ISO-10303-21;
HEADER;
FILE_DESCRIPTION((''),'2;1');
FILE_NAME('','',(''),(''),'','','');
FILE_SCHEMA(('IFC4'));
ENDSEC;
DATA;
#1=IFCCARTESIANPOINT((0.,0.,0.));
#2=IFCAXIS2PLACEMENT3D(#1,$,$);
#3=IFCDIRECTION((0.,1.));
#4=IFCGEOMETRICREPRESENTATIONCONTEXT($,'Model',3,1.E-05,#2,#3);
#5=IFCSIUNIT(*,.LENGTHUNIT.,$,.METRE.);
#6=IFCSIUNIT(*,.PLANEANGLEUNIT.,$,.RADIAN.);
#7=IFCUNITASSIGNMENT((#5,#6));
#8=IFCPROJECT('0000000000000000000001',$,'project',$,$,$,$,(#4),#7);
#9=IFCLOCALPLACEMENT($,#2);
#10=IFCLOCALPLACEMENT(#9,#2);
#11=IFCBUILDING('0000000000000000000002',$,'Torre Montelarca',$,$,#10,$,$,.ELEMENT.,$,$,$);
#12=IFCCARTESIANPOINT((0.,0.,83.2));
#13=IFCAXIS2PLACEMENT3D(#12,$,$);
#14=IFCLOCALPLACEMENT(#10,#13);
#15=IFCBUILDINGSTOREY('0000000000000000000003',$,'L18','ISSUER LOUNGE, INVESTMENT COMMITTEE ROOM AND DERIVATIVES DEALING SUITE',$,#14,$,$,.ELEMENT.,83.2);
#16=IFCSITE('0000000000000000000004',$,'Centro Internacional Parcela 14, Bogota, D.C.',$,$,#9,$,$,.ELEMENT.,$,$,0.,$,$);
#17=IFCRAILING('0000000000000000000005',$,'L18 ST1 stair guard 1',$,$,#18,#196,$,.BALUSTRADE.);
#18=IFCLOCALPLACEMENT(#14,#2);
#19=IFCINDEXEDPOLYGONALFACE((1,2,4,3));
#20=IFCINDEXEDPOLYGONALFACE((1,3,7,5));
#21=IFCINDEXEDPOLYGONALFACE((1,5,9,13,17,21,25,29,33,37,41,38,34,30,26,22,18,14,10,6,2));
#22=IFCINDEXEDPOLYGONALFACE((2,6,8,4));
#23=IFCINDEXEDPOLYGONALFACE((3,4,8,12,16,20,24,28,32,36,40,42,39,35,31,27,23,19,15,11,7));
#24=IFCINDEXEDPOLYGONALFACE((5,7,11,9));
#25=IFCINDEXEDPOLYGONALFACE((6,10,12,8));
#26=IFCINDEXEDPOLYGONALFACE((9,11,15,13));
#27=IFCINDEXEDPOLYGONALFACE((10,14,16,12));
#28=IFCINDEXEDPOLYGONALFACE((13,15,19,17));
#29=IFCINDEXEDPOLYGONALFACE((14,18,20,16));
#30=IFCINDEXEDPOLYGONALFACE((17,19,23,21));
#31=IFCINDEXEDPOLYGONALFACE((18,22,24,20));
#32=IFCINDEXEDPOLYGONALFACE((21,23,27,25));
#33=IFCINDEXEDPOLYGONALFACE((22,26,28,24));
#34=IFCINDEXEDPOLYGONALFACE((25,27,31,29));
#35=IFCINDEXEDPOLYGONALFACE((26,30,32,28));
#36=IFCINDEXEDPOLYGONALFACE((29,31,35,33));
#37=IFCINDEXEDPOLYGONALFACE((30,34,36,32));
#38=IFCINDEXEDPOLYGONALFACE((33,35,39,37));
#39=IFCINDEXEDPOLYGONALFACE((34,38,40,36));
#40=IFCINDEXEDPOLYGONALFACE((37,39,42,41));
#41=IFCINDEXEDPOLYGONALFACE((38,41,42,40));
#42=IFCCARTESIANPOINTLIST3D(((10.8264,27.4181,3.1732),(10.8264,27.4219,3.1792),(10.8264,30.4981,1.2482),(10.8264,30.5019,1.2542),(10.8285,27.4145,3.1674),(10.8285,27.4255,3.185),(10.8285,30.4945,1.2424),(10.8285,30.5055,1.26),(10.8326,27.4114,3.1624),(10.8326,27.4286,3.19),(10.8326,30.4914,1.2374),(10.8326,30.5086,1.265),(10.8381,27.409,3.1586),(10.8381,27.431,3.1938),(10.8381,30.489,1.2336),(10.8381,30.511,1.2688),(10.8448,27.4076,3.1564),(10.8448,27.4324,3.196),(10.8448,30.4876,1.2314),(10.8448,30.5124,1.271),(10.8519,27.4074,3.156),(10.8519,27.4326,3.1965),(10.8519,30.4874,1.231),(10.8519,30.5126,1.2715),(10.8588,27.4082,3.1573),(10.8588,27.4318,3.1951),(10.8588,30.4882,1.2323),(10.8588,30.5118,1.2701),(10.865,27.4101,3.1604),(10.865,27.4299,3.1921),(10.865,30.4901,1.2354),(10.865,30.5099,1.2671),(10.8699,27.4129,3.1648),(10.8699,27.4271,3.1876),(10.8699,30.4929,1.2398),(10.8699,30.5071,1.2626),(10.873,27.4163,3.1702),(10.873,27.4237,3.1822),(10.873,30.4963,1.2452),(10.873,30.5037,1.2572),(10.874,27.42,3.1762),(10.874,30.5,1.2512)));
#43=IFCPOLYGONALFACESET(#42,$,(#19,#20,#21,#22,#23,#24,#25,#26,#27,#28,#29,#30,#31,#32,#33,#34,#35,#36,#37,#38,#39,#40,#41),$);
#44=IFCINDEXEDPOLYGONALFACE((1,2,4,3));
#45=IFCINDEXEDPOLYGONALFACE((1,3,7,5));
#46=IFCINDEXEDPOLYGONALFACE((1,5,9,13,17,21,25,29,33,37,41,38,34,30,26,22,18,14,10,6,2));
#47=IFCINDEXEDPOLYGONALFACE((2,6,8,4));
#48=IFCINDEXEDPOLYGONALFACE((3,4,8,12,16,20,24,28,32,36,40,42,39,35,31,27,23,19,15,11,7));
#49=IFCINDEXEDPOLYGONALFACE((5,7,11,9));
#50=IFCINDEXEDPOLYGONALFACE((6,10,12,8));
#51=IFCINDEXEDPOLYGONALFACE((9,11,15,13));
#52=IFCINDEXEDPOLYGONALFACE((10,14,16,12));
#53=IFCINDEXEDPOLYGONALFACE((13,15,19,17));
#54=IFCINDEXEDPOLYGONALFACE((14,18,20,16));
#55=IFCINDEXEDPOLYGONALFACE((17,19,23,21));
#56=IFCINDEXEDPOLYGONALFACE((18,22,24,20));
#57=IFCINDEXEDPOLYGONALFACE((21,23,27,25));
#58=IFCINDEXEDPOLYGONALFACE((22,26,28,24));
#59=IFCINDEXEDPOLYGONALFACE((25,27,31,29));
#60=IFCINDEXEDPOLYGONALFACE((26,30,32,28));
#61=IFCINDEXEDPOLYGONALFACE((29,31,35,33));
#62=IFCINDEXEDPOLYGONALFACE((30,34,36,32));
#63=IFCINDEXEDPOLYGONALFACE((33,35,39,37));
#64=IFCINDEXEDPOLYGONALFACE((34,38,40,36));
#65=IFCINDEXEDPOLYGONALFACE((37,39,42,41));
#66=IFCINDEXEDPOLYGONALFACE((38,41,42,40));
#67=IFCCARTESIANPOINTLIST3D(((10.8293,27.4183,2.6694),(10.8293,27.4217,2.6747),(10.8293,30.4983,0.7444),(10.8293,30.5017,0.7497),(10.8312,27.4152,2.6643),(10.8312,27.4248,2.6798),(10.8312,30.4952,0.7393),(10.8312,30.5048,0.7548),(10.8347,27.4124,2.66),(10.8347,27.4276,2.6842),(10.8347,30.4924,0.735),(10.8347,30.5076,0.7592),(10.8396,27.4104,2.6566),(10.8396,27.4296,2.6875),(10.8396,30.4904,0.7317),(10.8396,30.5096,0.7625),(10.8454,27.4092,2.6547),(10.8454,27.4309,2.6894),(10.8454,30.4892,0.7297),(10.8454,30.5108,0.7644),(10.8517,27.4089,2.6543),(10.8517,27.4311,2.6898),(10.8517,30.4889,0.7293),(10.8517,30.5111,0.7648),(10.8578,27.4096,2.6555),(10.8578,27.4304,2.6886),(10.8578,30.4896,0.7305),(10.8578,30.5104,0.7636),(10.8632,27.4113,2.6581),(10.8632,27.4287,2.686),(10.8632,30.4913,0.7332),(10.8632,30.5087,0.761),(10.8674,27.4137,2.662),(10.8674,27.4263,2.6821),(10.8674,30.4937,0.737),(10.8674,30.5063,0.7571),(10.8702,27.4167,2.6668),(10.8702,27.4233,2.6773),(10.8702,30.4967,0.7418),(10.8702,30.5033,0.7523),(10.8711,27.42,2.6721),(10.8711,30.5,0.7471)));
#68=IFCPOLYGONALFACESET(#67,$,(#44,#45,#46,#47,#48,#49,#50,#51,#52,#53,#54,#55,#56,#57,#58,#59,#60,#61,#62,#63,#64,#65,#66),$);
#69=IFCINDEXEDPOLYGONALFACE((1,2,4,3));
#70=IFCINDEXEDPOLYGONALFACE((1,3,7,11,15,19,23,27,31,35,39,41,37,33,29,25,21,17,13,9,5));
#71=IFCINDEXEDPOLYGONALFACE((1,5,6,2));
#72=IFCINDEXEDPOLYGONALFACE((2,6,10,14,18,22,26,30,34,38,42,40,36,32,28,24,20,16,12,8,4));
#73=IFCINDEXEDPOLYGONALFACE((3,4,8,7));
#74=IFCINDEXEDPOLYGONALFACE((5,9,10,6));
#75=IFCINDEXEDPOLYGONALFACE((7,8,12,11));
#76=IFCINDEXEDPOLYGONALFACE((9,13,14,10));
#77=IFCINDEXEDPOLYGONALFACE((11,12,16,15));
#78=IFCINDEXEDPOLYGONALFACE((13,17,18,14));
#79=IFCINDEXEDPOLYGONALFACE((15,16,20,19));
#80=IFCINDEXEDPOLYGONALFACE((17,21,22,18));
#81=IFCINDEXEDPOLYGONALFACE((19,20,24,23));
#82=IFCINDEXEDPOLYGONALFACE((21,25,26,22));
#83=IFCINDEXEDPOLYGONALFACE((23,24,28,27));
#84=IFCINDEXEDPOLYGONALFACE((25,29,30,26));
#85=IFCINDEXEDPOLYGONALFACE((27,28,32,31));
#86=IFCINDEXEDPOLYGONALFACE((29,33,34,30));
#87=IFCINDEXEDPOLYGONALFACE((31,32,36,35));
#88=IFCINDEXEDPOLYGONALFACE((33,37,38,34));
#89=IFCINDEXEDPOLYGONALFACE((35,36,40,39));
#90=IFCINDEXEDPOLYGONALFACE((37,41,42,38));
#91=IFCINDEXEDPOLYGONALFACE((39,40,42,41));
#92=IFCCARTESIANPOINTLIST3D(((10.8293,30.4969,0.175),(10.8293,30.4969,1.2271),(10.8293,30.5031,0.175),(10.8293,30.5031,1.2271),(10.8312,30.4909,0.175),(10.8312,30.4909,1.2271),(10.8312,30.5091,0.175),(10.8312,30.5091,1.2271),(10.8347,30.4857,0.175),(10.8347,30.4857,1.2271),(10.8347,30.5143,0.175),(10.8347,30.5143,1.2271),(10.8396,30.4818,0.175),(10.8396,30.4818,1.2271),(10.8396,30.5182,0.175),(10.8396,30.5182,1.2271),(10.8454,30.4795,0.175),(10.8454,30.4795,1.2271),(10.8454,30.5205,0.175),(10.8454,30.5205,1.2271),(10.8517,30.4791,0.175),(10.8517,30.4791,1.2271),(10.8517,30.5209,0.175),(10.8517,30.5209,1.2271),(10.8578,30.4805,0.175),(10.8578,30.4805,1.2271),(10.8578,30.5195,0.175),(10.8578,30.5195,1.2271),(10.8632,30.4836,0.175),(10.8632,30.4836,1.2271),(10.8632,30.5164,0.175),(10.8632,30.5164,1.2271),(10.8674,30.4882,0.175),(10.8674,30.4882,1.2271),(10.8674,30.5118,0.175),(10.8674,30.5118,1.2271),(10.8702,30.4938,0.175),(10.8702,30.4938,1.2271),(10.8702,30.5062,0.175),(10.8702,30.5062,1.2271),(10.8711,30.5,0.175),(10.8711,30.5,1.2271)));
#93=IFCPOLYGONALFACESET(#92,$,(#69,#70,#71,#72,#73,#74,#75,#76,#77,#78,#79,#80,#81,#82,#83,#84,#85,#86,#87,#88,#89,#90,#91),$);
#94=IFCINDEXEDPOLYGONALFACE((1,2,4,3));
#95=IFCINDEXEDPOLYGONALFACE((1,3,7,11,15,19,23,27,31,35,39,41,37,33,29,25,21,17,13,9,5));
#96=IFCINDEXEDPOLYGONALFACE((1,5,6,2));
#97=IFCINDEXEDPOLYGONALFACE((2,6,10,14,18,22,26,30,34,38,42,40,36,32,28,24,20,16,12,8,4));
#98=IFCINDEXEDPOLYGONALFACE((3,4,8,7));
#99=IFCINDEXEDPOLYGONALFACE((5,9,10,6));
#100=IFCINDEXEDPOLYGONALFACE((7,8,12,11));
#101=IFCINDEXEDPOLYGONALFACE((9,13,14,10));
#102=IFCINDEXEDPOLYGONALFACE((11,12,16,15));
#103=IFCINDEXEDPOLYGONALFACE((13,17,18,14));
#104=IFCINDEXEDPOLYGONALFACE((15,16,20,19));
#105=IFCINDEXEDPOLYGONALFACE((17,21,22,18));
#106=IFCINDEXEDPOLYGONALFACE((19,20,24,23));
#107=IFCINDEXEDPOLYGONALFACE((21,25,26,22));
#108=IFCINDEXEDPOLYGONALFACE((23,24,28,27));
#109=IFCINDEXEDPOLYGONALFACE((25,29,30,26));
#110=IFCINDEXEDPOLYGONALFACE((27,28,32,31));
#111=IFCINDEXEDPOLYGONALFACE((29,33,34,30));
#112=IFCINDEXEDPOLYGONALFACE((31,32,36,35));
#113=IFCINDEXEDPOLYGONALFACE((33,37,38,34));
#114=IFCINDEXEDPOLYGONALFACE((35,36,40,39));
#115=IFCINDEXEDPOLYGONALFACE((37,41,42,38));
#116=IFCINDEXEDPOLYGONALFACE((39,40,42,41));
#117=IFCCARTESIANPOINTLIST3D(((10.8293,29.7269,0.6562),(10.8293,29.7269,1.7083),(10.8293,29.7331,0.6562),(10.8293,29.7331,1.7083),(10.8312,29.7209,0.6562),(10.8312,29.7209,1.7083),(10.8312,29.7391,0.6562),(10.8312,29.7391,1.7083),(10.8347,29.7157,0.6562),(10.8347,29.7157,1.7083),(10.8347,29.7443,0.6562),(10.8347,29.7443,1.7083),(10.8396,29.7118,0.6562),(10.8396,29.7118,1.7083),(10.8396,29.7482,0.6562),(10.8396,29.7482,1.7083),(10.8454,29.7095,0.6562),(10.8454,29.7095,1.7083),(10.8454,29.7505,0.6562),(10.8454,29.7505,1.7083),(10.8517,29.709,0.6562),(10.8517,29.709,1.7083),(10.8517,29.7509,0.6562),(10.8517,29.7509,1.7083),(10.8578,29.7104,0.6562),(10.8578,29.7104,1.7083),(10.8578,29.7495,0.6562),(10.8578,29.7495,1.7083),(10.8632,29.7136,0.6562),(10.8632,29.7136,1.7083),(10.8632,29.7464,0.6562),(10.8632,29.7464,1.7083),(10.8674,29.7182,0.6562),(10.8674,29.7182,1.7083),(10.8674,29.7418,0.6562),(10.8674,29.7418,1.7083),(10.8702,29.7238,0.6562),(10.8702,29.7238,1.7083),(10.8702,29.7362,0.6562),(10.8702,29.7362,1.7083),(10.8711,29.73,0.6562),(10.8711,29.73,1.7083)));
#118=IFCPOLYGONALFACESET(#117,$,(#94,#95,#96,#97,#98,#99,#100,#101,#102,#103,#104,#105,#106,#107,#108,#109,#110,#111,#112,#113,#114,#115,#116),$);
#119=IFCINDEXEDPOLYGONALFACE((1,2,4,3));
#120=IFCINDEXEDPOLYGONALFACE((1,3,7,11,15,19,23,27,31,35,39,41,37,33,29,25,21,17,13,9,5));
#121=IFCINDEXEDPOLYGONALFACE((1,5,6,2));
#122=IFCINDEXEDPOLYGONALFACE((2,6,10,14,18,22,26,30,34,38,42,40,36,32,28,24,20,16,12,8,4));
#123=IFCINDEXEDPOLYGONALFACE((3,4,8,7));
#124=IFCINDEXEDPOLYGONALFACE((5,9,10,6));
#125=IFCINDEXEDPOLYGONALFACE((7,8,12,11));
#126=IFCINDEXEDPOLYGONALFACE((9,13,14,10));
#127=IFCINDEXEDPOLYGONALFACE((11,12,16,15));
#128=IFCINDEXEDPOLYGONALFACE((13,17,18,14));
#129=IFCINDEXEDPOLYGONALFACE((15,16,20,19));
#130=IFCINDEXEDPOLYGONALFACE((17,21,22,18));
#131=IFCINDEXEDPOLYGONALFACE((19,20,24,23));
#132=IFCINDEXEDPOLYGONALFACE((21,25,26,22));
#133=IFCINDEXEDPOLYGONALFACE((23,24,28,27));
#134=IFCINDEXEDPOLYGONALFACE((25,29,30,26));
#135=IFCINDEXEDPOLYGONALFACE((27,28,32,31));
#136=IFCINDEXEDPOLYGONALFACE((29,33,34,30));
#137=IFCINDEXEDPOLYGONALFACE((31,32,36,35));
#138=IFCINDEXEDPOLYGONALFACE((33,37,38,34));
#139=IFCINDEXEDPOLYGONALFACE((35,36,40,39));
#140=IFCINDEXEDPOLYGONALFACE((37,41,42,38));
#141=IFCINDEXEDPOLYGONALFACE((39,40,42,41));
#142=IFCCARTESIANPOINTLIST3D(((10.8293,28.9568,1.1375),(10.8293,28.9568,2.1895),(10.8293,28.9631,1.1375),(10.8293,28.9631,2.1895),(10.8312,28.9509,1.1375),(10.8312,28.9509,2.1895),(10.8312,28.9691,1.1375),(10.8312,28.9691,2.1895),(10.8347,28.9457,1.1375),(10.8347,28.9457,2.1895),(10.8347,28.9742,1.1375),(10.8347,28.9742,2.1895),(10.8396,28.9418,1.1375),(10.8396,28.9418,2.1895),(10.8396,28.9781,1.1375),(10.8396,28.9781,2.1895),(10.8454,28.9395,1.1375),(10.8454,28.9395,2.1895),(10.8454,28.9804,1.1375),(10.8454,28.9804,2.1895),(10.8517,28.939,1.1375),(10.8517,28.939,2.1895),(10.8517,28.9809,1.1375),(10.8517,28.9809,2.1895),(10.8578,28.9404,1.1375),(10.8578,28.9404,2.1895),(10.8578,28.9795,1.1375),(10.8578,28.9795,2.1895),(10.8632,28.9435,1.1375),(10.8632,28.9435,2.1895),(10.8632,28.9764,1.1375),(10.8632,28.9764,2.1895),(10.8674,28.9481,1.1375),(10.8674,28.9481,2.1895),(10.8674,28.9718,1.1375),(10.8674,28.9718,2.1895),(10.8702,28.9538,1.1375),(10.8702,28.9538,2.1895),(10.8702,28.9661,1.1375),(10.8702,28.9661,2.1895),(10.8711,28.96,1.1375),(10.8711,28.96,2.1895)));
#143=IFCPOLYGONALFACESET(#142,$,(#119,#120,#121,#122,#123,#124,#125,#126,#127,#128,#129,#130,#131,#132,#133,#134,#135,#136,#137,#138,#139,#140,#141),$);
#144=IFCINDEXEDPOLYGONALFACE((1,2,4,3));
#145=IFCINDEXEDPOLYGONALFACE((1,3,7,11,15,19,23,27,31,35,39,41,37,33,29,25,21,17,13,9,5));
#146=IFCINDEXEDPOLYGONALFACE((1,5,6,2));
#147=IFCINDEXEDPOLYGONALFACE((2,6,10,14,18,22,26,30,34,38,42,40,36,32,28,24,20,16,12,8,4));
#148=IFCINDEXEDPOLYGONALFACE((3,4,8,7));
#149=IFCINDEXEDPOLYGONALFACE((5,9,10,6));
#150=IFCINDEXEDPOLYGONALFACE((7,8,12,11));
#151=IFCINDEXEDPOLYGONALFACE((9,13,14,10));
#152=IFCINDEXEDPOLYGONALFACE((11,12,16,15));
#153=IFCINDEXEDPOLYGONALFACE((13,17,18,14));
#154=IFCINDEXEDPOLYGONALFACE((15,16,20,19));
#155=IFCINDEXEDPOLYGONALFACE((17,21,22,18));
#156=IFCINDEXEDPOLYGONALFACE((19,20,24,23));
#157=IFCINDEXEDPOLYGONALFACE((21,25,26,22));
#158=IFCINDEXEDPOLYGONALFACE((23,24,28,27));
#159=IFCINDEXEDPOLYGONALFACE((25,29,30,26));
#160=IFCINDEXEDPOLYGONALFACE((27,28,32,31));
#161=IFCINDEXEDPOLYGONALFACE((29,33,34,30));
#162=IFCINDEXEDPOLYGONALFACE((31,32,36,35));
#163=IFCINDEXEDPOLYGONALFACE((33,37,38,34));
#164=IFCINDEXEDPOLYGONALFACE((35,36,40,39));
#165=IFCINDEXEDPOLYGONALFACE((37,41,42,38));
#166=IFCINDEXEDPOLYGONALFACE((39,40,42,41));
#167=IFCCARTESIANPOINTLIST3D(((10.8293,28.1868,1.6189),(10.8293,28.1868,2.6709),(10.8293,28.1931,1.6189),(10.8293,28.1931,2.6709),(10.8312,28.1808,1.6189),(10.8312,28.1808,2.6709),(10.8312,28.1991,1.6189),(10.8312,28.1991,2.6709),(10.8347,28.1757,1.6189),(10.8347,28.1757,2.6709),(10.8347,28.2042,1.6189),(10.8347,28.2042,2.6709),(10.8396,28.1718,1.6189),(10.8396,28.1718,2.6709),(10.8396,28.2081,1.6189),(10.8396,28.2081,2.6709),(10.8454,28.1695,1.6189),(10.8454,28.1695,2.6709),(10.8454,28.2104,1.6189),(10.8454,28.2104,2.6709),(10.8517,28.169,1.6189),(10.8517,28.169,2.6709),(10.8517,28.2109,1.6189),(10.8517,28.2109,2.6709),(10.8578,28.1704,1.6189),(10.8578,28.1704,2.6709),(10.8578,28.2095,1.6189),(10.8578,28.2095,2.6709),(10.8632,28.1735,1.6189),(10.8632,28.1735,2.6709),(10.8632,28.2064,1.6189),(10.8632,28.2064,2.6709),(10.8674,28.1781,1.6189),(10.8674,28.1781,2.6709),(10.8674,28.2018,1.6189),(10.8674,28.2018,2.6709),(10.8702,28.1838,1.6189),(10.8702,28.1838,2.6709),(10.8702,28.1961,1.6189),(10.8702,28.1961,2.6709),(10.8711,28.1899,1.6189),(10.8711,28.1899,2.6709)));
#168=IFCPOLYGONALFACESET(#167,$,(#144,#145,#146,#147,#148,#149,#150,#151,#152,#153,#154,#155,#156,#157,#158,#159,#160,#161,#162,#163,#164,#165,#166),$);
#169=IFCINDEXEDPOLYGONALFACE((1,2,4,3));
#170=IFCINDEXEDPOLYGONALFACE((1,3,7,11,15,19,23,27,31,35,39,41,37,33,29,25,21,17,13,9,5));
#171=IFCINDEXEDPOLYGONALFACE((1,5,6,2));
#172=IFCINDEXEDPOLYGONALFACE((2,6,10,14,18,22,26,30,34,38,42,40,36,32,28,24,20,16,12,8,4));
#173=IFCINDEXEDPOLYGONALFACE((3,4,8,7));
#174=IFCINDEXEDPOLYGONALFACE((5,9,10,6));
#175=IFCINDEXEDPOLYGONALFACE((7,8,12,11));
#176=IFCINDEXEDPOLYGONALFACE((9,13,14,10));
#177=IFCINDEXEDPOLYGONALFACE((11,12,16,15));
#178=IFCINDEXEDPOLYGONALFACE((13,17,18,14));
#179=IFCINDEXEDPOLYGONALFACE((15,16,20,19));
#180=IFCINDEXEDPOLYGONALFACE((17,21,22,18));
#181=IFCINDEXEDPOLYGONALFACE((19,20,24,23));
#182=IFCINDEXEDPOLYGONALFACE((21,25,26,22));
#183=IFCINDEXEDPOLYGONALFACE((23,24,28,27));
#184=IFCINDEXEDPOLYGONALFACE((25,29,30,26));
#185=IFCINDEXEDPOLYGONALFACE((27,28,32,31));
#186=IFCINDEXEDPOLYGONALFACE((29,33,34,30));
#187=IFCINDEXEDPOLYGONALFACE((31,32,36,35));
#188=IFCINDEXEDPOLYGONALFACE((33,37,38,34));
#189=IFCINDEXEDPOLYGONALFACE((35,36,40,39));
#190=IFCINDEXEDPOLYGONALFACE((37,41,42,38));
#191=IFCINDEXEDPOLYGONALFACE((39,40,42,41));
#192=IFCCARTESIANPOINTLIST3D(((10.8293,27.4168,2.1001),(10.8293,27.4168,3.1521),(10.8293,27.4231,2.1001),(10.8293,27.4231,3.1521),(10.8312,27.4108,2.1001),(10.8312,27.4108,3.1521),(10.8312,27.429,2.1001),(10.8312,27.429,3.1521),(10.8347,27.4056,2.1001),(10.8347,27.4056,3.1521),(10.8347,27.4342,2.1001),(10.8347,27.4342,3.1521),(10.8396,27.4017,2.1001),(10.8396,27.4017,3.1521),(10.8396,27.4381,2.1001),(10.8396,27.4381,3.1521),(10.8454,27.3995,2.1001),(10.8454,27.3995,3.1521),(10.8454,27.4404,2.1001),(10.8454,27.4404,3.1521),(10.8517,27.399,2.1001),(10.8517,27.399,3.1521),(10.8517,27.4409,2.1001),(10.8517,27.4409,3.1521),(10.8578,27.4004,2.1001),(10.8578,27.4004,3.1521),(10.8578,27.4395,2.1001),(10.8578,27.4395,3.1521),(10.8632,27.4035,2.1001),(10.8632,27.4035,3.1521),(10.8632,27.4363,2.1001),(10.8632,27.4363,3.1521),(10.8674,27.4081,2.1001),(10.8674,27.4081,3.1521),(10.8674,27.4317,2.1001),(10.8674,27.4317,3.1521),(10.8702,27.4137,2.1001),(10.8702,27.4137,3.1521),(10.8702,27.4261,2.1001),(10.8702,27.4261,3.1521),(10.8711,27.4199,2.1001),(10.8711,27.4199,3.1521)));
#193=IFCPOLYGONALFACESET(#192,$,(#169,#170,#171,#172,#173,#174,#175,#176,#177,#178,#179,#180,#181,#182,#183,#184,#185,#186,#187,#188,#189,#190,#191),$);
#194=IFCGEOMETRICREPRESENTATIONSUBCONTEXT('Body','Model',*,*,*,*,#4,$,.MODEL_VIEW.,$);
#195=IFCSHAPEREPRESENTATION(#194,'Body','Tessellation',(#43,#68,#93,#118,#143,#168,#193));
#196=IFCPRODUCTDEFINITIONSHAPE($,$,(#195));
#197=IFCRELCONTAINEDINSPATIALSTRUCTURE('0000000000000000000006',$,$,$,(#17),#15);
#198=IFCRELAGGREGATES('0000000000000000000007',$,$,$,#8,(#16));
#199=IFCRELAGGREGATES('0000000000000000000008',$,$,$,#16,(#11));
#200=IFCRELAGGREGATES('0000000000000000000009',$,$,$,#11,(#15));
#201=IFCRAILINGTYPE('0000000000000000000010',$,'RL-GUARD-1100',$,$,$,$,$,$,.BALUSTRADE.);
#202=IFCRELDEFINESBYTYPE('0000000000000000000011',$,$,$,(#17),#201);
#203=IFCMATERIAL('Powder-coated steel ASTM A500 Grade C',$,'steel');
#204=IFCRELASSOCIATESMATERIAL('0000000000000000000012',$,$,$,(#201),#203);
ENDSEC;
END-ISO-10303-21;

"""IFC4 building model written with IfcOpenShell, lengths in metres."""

from ifc_helpers import new_model, si_unit, direction, frame, origin, origin_2d, place, context, subcontext, project, spatial, circle, extrude, material, type_object, element, save


model = new_model("IFC4")

# Units and contexts
model_context = context("Model", 3, precision=1e-05, world=origin(), true_north=direction((0.0, 1.0)))
body_context = subcontext(model_context, "Body", "Model", "MODEL_VIEW")
ifc_project = project(units=[si_unit("LENGTHUNIT", "METRE"), si_unit("PLANEANGLEUNIT", "RADIAN")], contexts=[model_context])

# Site, building, storey
site_placement = place(None, origin())
site = spatial("IfcSite", under=ifc_project, at=site_placement, Name="Centro Internacional Parcela 14, Bogota, D.C.", CompositionType="ELEMENT", RefElevation=0.0)
building_placement = place(site_placement, origin())
building = spatial("IfcBuilding", under=site, at=building_placement, Name="Torre Montelarca", CompositionType="ELEMENT")
storey_placement = place(building_placement, frame((0.0, 0.0, 83.2)))
storey = spatial("IfcBuildingStorey", under=building, at=storey_placement, Name="L18", Description="ISSUER LOUNGE, INVESTMENT COMMITTEE ROOM AND DERIVATIVES DEALING SUITE", CompositionType="ELEMENT", Elevation=83.2)

# Railing
ifc_material_1 = material(Name="Powder-coated steel ASTM A500 Grade C", Category="steel")
railing_type_1 = type_object("IfcRailingType", Name="RL-GUARD-1100", PredefinedType="BALUSTRADE", material=ifc_material_1)
railing_1_placement = place(storey_placement, frame((10.8501, 30.5, 0.175)))
element("IfcRailing", 1, at=railing_1_placement, inside=storey, type_object=railing_type_1, Name="L18 ST1 stair guard 1", PredefinedType="BALUSTRADE", context=body_context, shape_type="SweptSolid", body=[
    extrude(circle(Radius=0.0239, at=origin_2d()), frame((0.0, 0.0, 1.0762), z_axis=(0.0, -0.847998, 0.529999), x_axis=(1.0, 0.0, 0.0)), (0.0, 0.0, 1.0), 3.6321),
    extrude(circle(Radius=0.021, at=origin_2d()), frame((0.0, 0.0, 0.572), z_axis=(0.0, -0.847998, 0.529999), x_axis=(1.0, 0.0, 0.0)), (0.0, 0.0, 1.0), 3.6321),
    extrude(circle(Radius=0.021, at=origin_2d()), origin(), (0.0, 0.0, 1.0), 1.052),
    extrude(circle(Radius=0.021, at=origin_2d()), frame((0.0, -0.77, 0.4812)), (0.0, 0.0, 1.0), 1.052),
    extrude(circle(Radius=0.021, at=origin_2d()), frame((0.0, -1.54, 0.9624)), (0.0, 0.0, 1.0), 1.052),
    extrude(circle(Radius=0.021, at=origin_2d()), frame((0.0, -2.3101, 1.4438)), (0.0, 0.0, 1.0), 1.052),
    extrude(circle(Radius=0.021, at=origin_2d()), frame((0.0, -3.0801, 1.925)), (0.0, 0.0, 1.0), 1.052),
])

save(model, "model.ifc")
